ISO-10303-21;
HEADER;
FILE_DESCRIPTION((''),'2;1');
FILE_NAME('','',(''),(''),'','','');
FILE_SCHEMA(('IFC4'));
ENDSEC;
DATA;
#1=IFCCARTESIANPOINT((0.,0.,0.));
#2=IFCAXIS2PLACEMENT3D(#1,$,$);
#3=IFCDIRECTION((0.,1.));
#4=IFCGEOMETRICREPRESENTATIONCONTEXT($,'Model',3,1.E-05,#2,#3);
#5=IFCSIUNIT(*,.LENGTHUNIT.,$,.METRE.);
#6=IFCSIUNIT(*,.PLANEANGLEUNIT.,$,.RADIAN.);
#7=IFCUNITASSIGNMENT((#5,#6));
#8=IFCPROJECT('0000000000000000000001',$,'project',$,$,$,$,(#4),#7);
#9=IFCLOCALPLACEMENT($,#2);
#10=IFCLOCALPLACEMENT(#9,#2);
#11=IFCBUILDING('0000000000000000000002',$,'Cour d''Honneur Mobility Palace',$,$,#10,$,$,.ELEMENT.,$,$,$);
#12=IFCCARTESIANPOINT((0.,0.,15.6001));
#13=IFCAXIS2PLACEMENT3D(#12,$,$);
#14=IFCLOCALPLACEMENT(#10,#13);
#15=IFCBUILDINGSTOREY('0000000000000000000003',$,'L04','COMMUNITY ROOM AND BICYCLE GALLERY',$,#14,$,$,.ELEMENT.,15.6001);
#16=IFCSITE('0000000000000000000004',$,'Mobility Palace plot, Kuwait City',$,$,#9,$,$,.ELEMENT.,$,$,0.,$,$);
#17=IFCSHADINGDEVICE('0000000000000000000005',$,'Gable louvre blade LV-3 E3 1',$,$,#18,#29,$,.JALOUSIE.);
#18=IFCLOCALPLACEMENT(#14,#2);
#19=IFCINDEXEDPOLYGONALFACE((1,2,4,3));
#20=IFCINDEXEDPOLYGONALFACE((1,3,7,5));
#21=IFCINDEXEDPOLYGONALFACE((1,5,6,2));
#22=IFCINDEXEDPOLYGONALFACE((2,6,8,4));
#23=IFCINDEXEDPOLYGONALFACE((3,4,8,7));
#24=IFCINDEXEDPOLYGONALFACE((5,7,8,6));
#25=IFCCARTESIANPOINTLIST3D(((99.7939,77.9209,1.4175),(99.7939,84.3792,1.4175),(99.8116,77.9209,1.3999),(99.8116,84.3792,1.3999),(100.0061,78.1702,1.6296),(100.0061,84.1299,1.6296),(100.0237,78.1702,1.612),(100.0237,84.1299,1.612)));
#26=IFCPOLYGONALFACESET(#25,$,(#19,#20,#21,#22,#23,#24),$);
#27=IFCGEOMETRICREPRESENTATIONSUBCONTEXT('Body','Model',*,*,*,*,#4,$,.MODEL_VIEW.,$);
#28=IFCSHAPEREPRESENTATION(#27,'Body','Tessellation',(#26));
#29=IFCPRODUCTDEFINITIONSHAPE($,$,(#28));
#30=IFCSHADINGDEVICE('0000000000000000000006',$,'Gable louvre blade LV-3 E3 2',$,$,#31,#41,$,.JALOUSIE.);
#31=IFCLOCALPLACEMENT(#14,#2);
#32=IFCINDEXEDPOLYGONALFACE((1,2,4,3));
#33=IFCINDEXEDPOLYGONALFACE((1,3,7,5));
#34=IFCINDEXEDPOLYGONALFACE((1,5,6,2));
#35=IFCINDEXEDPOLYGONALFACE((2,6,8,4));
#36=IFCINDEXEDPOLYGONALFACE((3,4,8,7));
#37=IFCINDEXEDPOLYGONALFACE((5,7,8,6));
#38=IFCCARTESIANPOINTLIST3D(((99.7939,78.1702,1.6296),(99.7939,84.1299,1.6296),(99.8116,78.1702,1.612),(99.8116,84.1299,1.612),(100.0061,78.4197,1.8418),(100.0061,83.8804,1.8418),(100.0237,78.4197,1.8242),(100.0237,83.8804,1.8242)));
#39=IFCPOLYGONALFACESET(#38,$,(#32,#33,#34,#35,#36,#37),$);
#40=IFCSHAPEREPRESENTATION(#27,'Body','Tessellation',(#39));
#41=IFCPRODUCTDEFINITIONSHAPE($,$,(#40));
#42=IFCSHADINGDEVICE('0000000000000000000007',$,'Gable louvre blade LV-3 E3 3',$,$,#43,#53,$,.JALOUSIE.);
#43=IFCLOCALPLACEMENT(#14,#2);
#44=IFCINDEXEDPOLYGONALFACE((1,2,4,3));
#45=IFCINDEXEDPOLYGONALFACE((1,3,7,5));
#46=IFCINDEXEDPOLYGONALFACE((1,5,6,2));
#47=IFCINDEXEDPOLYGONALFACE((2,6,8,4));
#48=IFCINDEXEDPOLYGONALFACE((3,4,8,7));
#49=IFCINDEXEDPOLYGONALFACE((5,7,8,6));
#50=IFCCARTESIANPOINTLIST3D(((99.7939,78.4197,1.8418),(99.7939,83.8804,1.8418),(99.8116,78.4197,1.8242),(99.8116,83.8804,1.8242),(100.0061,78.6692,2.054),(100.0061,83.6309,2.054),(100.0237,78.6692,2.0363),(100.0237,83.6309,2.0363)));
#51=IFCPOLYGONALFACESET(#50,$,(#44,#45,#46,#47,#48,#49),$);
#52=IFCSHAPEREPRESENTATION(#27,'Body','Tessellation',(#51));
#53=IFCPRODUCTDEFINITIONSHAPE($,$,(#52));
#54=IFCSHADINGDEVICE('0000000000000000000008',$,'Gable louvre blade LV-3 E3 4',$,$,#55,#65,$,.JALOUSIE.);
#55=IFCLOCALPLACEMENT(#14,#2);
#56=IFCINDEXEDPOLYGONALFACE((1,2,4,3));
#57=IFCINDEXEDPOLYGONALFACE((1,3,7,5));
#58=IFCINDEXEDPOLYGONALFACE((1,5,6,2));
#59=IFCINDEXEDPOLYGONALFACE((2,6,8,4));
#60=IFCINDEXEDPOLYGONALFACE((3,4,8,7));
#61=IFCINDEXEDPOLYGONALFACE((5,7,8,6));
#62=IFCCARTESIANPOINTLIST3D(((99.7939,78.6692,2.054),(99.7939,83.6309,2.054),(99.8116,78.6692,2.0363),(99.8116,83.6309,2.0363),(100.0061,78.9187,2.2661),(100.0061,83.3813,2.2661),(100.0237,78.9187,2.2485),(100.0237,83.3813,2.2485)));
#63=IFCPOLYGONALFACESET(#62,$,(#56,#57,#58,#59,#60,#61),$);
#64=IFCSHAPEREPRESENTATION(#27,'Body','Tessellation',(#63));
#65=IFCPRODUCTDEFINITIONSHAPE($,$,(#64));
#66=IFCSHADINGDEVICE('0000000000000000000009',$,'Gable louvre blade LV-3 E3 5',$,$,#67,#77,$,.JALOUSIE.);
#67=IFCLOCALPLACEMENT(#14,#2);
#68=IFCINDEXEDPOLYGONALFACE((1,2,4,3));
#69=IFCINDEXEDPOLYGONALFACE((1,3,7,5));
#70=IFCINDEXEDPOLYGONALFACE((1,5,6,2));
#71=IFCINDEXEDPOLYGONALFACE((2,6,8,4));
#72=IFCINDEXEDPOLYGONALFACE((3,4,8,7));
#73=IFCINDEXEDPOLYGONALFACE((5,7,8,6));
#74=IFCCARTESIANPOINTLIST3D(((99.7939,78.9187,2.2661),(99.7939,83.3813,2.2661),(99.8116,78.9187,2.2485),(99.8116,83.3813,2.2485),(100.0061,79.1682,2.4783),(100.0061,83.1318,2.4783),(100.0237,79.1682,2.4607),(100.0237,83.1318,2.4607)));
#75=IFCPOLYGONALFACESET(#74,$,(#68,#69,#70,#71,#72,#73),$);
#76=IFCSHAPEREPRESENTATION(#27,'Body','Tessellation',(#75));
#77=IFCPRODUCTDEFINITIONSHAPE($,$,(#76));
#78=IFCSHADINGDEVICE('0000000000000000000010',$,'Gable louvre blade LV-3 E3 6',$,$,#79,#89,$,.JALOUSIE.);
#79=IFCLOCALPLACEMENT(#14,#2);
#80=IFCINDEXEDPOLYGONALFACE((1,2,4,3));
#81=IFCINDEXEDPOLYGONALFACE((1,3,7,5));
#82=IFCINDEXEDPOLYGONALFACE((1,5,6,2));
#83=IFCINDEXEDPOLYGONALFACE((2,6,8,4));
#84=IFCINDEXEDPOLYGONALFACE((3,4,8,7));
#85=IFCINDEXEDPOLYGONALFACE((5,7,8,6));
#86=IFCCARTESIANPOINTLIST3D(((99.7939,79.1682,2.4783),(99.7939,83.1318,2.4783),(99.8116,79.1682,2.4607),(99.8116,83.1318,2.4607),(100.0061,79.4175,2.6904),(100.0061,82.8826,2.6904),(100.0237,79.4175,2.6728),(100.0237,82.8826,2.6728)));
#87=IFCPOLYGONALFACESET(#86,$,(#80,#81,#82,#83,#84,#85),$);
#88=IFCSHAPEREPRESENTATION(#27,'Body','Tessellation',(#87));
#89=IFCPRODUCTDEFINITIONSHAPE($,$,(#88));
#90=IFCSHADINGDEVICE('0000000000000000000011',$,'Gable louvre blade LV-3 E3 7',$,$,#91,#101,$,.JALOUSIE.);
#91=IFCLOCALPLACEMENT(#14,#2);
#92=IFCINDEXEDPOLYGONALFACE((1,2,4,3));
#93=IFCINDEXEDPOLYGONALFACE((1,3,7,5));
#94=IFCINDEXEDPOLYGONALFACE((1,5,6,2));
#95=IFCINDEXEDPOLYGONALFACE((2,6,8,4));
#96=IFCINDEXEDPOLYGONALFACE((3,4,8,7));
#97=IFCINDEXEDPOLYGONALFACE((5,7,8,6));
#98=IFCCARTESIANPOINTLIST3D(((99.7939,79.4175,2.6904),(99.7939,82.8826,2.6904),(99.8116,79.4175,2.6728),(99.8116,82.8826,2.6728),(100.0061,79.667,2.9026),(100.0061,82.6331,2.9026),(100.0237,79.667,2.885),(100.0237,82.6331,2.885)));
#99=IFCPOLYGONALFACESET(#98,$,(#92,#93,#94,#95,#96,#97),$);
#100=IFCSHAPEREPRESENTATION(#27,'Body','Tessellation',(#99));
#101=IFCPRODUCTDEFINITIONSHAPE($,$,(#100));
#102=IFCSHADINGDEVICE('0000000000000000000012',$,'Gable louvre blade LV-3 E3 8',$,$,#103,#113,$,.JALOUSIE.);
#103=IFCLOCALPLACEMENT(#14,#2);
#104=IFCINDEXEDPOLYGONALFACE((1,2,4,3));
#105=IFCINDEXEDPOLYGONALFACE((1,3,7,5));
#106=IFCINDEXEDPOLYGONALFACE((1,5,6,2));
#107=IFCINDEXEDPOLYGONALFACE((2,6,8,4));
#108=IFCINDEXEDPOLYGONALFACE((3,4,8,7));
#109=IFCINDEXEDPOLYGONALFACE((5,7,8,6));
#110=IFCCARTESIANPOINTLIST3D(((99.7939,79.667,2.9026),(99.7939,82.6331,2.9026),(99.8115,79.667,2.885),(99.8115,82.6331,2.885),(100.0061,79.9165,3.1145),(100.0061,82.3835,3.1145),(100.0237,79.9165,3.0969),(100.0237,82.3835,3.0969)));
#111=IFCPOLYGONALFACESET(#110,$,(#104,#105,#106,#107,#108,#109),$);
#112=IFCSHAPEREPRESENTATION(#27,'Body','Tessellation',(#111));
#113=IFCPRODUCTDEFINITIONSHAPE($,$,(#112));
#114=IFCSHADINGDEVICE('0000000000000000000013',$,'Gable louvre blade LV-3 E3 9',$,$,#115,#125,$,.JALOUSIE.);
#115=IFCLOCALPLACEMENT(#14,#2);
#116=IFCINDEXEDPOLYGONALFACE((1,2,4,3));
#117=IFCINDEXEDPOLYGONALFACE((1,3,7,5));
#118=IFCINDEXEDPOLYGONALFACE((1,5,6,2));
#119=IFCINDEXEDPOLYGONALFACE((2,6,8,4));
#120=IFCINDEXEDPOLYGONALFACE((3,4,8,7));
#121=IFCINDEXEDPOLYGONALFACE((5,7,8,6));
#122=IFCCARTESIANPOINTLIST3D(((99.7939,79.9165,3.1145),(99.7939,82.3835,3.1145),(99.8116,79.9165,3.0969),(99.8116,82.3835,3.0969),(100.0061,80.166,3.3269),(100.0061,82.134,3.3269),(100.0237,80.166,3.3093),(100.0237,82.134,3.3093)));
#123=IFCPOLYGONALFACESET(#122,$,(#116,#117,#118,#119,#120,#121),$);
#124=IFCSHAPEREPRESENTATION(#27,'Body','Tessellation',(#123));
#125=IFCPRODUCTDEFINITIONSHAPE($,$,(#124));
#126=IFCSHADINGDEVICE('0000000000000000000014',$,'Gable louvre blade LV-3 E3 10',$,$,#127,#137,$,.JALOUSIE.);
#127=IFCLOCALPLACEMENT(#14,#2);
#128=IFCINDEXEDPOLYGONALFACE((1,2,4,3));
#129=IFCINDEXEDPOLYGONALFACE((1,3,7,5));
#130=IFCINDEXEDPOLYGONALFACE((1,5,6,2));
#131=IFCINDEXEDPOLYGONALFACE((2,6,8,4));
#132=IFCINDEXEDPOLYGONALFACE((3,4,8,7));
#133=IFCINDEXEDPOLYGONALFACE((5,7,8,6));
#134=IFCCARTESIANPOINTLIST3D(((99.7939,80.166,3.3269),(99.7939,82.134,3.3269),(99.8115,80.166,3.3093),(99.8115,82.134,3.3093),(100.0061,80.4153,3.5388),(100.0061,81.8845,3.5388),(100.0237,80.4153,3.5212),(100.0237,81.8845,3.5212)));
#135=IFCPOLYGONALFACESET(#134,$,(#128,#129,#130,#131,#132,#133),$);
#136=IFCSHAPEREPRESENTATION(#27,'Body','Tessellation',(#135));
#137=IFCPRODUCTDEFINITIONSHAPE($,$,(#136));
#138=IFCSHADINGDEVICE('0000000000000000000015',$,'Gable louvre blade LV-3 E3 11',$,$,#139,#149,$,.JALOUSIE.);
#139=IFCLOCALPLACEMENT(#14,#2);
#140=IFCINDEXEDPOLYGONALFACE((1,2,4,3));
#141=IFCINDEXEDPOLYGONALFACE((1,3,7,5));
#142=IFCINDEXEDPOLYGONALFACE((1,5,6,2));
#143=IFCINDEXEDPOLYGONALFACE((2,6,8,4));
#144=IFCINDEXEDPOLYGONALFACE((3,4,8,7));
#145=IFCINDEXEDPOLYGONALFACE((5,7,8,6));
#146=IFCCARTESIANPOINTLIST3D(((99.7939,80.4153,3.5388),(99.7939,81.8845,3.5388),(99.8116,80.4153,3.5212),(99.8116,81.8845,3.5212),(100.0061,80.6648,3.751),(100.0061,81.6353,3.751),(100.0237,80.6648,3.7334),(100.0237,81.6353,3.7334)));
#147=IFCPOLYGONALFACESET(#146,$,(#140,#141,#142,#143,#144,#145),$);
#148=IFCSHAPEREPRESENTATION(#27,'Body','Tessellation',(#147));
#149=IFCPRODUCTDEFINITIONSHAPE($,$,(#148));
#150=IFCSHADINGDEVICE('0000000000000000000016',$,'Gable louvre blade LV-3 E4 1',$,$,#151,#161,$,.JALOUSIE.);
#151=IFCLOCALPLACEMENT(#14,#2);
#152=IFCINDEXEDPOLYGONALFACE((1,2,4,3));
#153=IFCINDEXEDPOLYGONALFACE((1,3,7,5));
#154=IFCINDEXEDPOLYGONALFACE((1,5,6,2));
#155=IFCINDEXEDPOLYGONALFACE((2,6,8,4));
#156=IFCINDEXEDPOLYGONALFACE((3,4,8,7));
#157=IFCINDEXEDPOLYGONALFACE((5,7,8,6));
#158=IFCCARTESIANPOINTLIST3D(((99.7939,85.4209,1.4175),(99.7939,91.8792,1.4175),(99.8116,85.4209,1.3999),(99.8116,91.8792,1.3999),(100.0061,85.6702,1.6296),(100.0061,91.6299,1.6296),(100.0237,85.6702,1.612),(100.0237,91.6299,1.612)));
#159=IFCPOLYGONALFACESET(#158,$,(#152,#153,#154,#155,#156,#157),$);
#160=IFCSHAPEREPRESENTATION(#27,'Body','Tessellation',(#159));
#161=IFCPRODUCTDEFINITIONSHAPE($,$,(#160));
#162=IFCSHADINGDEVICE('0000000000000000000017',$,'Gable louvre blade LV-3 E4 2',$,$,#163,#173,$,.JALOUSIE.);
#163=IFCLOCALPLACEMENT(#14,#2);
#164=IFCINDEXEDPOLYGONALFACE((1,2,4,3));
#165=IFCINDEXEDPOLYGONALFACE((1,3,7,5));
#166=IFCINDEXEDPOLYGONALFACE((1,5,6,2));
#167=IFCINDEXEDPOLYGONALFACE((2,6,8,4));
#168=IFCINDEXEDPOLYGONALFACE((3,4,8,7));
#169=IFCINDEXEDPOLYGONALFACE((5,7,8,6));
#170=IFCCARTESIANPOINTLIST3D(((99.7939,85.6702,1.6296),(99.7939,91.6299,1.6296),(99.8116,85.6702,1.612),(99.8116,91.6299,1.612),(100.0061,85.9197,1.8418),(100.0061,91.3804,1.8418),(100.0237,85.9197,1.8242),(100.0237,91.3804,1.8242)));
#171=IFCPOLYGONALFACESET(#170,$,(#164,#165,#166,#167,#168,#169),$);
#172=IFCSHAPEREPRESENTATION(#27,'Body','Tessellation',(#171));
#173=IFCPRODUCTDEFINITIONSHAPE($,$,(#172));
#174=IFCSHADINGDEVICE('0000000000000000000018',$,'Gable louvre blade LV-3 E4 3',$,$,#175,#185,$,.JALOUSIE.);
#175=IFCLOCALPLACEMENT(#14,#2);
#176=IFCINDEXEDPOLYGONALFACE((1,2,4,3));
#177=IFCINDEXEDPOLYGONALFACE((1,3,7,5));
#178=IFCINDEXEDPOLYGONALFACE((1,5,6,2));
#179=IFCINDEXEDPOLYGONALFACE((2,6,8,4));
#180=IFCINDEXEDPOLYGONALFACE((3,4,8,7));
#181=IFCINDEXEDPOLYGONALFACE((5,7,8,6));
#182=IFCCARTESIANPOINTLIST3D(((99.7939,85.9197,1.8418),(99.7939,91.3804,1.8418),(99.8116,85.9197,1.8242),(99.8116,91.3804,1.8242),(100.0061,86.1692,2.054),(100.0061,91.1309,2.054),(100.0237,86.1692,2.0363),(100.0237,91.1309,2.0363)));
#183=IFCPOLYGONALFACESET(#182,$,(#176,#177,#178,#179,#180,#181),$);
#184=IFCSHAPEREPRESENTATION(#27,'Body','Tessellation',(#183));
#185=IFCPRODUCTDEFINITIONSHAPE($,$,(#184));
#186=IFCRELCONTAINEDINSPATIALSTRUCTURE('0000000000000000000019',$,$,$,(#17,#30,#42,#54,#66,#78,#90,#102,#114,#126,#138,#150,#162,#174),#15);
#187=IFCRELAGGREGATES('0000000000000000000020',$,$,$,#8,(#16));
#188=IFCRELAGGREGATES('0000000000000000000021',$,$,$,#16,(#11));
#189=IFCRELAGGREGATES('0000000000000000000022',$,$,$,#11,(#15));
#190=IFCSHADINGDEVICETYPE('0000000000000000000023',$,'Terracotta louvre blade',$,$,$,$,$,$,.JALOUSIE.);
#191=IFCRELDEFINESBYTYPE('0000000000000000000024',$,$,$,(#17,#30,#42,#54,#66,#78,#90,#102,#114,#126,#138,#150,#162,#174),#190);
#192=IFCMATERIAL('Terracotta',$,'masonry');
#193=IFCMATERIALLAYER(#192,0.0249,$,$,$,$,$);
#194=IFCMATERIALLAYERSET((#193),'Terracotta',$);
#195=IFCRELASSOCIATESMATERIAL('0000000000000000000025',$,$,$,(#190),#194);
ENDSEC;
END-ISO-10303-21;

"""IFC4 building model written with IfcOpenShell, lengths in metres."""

from ifc_helpers import new_model, si_unit, direction, frame, origin, place, context, subcontext, project, spatial, polyline, outline, extrude, material, layer, layer_set, type_object, element, save


model = new_model("IFC4")

# Units and contexts
model_context = context("Model", 3, precision=1e-05, world=origin(), true_north=direction((0.0, 1.0)))
body_context = subcontext(model_context, "Body", "Model", "MODEL_VIEW")
ifc_project = project(units=[si_unit("LENGTHUNIT", "METRE"), si_unit("PLANEANGLEUNIT", "RADIAN")], contexts=[model_context])

# Site, building, storey
site_placement = place(None, origin())
site = spatial("IfcSite", under=ifc_project, at=site_placement, Name="Mobility Palace plot, Kuwait City", CompositionType="ELEMENT", RefElevation=0.0)
building_placement = place(site_placement, origin())
building = spatial("IfcBuilding", under=site, at=building_placement, Name="Cour d'Honneur Mobility Palace", CompositionType="ELEMENT")
storey_placement = place(building_placement, frame((0.0, 0.0, 15.6001)))
storey = spatial("IfcBuildingStorey", under=building, at=storey_placement, Name="L04", Description="COMMUNITY ROOM AND BICYCLE GALLERY", CompositionType="ELEMENT", Elevation=15.6001)

# Shading devices
ifc_material = material(Name="Terracotta", Category="masonry")
ifc_layer = layer(ifc_material, 0.0249)
ifc_layer_set = layer_set([ifc_layer], Name="Terracotta")
shading_device_type = type_object("IfcShadingDeviceType", Name="Terracotta louvre blade", PredefinedType="JALOUSIE", material=ifc_layer_set)
shading_device_1_placement = place(storey_placement, frame((99.7939, 77.9209, 1.4175), z_axis=(-0.707107, 0.0, 0.707107), x_axis=(0.0, 1.0, 0.0)))
element("IfcShadingDevice", 1, at=shading_device_1_placement, inside=storey, type_object=shading_device_type, Name="Gable louvre blade LV-3 E3 1", PredefinedType="JALOUSIE", context=body_context, shape_type="SweptSolid", body=[
    extrude(outline(polyline([(0.0, 0.0), (6.4583, 0.0), (6.209, -0.3), (0.2493, -0.3), (0.0, 0.0)])), origin(), (0.0, 0.0, -1.0), 0.0249),
])
shading_device_2_placement = place(storey_placement, frame((99.7939, 78.1702, 1.6296), z_axis=(-0.707107, 0.0, 0.707107), x_axis=(0.0, 1.0, 0.0)))
element("IfcShadingDevice", 2, at=shading_device_2_placement, inside=storey, type_object=shading_device_type, Name="Gable louvre blade LV-3 E3 2", PredefinedType="JALOUSIE", context=body_context, shape_type="SweptSolid", body=[
    extrude(outline(polyline([(0.0, 0.0), (5.9597, 0.0), (5.7102, -0.3), (0.2495, -0.3), (0.0, 0.0)])), origin(), (0.0, 0.0, -1.0), 0.0249),
])
shading_device_3_placement = place(storey_placement, frame((99.7939, 78.4197, 1.8418), z_axis=(-0.707107, 0.0, 0.707107), x_axis=(0.0, 1.0, 0.0)))
element("IfcShadingDevice", 3, at=shading_device_3_placement, inside=storey, type_object=shading_device_type, Name="Gable louvre blade LV-3 E3 3", PredefinedType="JALOUSIE", context=body_context, shape_type="SweptSolid", body=[
    extrude(outline(polyline([(0.0, 0.0), (5.4607, 0.0), (5.2112, -0.3), (0.2495, -0.3), (0.0, 0.0)])), origin(), (0.0, 0.0, -1.0), 0.0249),
])
shading_device_4_placement = place(storey_placement, frame((99.7939, 78.6692, 2.054), z_axis=(-0.707107, 0.0, 0.707107), x_axis=(0.0, 1.0, 0.0)))
element("IfcShadingDevice", 4, at=shading_device_4_placement, inside=storey, type_object=shading_device_type, Name="Gable louvre blade LV-3 E3 4", PredefinedType="JALOUSIE", context=body_context, shape_type="SweptSolid", body=[
    extrude(outline(polyline([(0.0, 0.0), (4.9617, 0.0), (4.7122, -0.3), (0.2495, -0.3), (0.0, 0.0)])), origin(), (0.0, 0.0, -1.0), 0.0249),
])
shading_device_5_placement = place(storey_placement, frame((99.7939, 78.9187, 2.2661), z_axis=(-0.707107, 0.0, 0.707107), x_axis=(0.0, 1.0, 0.0)))
element("IfcShadingDevice", 5, at=shading_device_5_placement, inside=storey, type_object=shading_device_type, Name="Gable louvre blade LV-3 E3 5", PredefinedType="JALOUSIE", context=body_context, shape_type="SweptSolid", body=[
    extrude(outline(polyline([(0.0, 0.0), (4.4626, 0.0), (4.2131, -0.3), (0.2495, -0.3), (0.0, 0.0)])), origin(), (0.0, 0.0, -1.0), 0.0249),
])
shading_device_6_placement = place(storey_placement, frame((99.7939, 79.1682, 2.4783), z_axis=(-0.707107, 0.0, 0.707107), x_axis=(0.0, 1.0, 0.0)))
element("IfcShadingDevice", 6, at=shading_device_6_placement, inside=storey, type_object=shading_device_type, Name="Gable louvre blade LV-3 E3 6", PredefinedType="JALOUSIE", context=body_context, shape_type="SweptSolid", body=[
    extrude(outline(polyline([(0.0, 0.0), (3.9636, 0.0), (3.7144, -0.3), (0.2493, -0.3), (0.0, 0.0)])), origin(), (0.0, 0.0, -1.0), 0.0249),
])
shading_device_7_placement = place(storey_placement, frame((99.7939, 79.4175, 2.6904), z_axis=(-0.707107, 0.0, 0.707107), x_axis=(0.0, 1.0, 0.0)))
element("IfcShadingDevice", 7, at=shading_device_7_placement, inside=storey, type_object=shading_device_type, Name="Gable louvre blade LV-3 E3 7", PredefinedType="JALOUSIE", context=body_context, shape_type="SweptSolid", body=[
    extrude(outline(polyline([(0.0, 0.0), (3.4651, 0.0), (3.2156, -0.3), (0.2495, -0.3), (0.0, 0.0)])), origin(), (0.0, 0.0, -1.0), 0.0249),
])
shading_device_8_placement = place(storey_placement, frame((99.7939, 79.667, 2.9026), z_axis=(-0.7067, 0.0, 0.707514), x_axis=(0.0, 1.0, 0.0)))
element("IfcShadingDevice", 8, at=shading_device_8_placement, inside=storey, type_object=shading_device_type, Name="Gable louvre blade LV-3 E3 8", PredefinedType="JALOUSIE", context=body_context, shape_type="SweptSolid", body=[
    extrude(outline(polyline([(0.0, 0.0), (2.9661, 0.0), (2.7166, -0.2999), (0.2495, -0.2999), (0.0, 0.0)])), origin(), (0.0, 0.0, -1.0), 0.0249),
])
shading_device_9_placement = place(storey_placement, frame((99.7939, 79.9165, 3.1145), z_axis=(-0.707513, 0.0, 0.7067), x_axis=(0.0, 1.0, 0.0)))
element("IfcShadingDevice", 9, at=shading_device_9_placement, inside=storey, type_object=shading_device_type, Name="Gable louvre blade LV-3 E3 9", PredefinedType="JALOUSIE", context=body_context, shape_type="SweptSolid", body=[
    extrude(outline(polyline([(0.0, 0.0), (2.467, 0.0), (2.2175, -0.3002), (0.2495, -0.3002), (0.0, 0.0)])), origin(), (0.0, 0.0, -1.0), 0.0249),
])
shading_device_10_placement = place(storey_placement, frame((99.7939, 80.166, 3.3269), z_axis=(-0.7067, 0.0, 0.707514), x_axis=(0.0, 1.0, 0.0)))
element("IfcShadingDevice", 10, at=shading_device_10_placement, inside=storey, type_object=shading_device_type, Name="Gable louvre blade LV-3 E3 10", PredefinedType="JALOUSIE", context=body_context, shape_type="SweptSolid", body=[
    extrude(outline(polyline([(0.0, 0.0), (1.968, 0.0), (1.7185, -0.2999), (0.2493, -0.2999), (0.0, 0.0)])), origin(), (0.0, 0.0, -1.0), 0.0249),
])
shading_device_11_placement = place(storey_placement, frame((99.7939, 80.4153, 3.5388), z_axis=(-0.707107, 0.0, 0.707107), x_axis=(0.0, 1.0, 0.0)))
element("IfcShadingDevice", 11, at=shading_device_11_placement, inside=storey, type_object=shading_device_type, Name="Gable louvre blade LV-3 E3 11", PredefinedType="JALOUSIE", context=body_context, shape_type="SweptSolid", body=[
    extrude(outline(polyline([(0.0, 0.0), (1.4692, 0.0), (1.22, -0.3), (0.2495, -0.3), (0.0, 0.0)])), origin(), (0.0, 0.0, -1.0), 0.0249),
])
shading_device_12_placement = place(storey_placement, frame((99.7939, 85.4209, 1.4175), z_axis=(-0.707107, 0.0, 0.707107), x_axis=(0.0, 1.0, 0.0)))
element("IfcShadingDevice", 12, at=shading_device_12_placement, inside=storey, type_object=shading_device_type, Name="Gable louvre blade LV-3 E4 1", PredefinedType="JALOUSIE", context=body_context, shape_type="SweptSolid", body=[
    extrude(outline(polyline([(0.0, 0.0), (6.4583, 0.0), (6.209, -0.3), (0.2493, -0.3), (0.0, 0.0)])), origin(), (0.0, 0.0, -1.0), 0.0249),
])
shading_device_13_placement = place(storey_placement, frame((99.7939, 85.6702, 1.6296), z_axis=(-0.707107, 0.0, 0.707107), x_axis=(0.0, 1.0, 0.0)))
element("IfcShadingDevice", 13, at=shading_device_13_placement, inside=storey, type_object=shading_device_type, Name="Gable louvre blade LV-3 E4 2", PredefinedType="JALOUSIE", context=body_context, shape_type="SweptSolid", body=[
    extrude(outline(polyline([(0.0, 0.0), (5.9597, 0.0), (5.7102, -0.3), (0.2495, -0.3), (0.0, 0.0)])), origin(), (0.0, 0.0, -1.0), 0.0249),
])
shading_device_14_placement = place(storey_placement, frame((99.7939, 85.9197, 1.8418), z_axis=(-0.707107, 0.0, 0.707107), x_axis=(0.0, 1.0, 0.0)))
element("IfcShadingDevice", 14, at=shading_device_14_placement, inside=storey, type_object=shading_device_type, Name="Gable louvre blade LV-3 E4 3", PredefinedType="JALOUSIE", context=body_context, shape_type="SweptSolid", body=[
    extrude(outline(polyline([(0.0, 0.0), (5.4607, 0.0), (5.2112, -0.3), (0.2495, -0.3), (0.0, 0.0)])), origin(), (0.0, 0.0, -1.0), 0.0249),
])

save(model, "model.ifc")
